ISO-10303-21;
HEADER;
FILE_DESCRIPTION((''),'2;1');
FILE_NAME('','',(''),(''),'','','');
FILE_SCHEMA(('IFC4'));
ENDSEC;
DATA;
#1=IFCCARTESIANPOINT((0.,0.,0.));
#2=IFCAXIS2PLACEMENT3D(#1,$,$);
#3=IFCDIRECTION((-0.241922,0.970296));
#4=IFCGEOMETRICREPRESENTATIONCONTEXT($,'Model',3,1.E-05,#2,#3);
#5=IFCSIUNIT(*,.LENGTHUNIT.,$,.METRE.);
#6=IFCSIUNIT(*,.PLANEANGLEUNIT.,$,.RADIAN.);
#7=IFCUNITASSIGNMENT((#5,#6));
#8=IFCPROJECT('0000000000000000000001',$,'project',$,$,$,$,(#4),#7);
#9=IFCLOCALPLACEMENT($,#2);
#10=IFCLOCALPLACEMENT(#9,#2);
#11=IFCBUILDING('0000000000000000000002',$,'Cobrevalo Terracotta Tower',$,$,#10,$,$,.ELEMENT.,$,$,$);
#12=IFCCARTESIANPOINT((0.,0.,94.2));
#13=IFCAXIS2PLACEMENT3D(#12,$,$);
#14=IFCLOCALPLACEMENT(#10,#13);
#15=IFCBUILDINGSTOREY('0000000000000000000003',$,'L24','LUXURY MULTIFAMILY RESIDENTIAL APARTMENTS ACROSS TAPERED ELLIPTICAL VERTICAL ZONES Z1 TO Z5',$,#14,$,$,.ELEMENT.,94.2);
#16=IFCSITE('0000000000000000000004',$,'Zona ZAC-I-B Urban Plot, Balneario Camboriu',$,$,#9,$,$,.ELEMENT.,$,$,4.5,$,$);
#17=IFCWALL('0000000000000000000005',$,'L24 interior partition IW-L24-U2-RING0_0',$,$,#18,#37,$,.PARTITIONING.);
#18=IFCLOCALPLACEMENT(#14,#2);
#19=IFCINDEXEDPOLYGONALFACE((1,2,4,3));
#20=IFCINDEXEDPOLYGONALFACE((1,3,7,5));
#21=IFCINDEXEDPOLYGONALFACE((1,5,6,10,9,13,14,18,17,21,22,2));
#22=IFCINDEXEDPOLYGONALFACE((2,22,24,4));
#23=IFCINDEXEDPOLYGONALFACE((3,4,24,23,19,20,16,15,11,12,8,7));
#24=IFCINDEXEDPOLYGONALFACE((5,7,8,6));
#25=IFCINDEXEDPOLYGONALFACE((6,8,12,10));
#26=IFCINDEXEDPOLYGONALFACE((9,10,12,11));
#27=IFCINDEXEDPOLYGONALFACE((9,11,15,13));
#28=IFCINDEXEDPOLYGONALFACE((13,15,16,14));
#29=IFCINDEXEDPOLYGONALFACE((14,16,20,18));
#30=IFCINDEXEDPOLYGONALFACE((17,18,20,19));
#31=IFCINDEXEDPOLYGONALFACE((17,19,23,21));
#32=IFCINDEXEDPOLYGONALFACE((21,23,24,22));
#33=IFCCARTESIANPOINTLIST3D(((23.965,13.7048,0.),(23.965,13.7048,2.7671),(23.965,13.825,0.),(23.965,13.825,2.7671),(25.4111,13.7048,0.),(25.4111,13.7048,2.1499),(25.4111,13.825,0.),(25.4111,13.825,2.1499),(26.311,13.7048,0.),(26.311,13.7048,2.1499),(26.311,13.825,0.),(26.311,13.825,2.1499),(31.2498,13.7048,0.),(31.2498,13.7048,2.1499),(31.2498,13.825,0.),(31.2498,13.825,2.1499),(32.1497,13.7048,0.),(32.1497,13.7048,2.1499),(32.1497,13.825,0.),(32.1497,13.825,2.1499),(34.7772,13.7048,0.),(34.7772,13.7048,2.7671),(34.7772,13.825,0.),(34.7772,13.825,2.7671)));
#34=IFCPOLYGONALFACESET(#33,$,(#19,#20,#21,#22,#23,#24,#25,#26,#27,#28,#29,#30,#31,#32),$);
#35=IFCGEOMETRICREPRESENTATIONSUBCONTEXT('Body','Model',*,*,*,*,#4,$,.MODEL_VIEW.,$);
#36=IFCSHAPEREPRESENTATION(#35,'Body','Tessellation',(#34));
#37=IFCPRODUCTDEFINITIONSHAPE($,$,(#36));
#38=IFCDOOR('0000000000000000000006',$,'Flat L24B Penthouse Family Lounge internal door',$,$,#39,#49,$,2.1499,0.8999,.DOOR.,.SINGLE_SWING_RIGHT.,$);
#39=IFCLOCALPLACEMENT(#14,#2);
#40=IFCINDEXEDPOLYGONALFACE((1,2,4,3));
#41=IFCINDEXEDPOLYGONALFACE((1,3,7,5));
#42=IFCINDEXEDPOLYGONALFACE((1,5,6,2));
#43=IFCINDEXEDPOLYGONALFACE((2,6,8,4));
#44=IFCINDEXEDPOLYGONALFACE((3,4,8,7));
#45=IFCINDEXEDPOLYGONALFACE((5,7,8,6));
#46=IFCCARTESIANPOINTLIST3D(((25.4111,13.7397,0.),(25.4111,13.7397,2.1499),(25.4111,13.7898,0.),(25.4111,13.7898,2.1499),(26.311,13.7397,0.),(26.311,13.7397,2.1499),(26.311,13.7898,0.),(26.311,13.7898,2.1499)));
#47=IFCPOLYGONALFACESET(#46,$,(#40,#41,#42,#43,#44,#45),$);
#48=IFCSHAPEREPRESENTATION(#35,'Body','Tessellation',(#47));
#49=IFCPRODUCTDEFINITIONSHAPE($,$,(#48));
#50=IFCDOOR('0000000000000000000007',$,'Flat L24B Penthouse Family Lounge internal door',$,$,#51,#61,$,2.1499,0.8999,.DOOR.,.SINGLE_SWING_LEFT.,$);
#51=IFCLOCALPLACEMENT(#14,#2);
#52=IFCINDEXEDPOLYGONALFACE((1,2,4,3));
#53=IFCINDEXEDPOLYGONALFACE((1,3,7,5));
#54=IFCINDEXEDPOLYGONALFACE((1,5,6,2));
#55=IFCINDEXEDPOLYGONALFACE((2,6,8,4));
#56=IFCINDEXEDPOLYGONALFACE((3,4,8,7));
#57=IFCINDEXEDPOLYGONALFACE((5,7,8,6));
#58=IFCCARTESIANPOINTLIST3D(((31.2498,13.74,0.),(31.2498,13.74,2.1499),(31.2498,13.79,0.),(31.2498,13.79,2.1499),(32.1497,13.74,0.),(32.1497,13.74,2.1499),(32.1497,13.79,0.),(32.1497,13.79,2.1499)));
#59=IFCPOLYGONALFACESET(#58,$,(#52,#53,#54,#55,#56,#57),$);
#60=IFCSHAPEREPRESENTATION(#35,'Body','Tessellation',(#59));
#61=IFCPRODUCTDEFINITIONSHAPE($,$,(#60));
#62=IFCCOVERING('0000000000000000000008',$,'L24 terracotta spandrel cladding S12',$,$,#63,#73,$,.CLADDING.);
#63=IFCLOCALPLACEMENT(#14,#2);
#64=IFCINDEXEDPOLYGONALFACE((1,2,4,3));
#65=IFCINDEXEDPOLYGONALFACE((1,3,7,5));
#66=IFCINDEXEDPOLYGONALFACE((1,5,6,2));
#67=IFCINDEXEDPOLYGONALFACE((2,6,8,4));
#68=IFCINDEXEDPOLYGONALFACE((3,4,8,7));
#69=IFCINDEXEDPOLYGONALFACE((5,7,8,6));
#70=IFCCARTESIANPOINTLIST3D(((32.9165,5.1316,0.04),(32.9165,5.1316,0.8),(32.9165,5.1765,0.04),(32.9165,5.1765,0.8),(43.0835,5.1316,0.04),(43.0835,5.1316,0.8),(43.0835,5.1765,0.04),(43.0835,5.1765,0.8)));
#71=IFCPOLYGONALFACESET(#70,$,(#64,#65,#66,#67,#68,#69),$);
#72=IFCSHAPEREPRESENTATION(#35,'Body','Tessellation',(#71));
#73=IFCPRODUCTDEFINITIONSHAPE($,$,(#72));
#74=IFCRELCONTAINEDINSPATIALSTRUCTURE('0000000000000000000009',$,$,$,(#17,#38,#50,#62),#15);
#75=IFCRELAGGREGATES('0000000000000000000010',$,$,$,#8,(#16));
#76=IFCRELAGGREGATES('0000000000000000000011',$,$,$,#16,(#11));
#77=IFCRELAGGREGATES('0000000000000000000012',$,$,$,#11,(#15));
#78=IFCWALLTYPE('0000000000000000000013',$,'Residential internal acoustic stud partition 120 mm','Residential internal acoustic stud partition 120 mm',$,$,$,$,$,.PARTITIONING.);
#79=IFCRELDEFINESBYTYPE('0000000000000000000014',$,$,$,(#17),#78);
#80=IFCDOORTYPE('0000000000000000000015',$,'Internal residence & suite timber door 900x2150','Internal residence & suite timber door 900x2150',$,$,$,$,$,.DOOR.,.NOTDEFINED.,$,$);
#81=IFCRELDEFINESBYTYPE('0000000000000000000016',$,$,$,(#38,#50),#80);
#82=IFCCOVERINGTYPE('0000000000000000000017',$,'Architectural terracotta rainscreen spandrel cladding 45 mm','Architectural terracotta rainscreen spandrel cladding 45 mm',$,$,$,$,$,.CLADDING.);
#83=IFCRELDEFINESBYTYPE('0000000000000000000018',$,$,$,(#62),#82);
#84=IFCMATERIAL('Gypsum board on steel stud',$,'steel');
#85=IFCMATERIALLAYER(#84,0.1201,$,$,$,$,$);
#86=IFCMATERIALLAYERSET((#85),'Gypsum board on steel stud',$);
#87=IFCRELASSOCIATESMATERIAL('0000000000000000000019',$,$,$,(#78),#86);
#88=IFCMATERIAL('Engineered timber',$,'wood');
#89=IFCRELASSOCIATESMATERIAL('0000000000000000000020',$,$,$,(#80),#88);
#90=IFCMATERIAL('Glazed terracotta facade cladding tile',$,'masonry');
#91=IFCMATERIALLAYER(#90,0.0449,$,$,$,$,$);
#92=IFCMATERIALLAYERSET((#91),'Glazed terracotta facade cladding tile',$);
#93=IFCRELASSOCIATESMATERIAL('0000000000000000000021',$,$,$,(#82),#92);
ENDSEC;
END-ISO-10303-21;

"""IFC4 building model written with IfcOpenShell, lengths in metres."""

from ifc_helpers import new_model, si_unit, direction, frame, frame_2d, origin, origin_2d, place, context, subcontext, project, spatial, rectangle, extrude, source, transform, mapped, material, layer, layer_set, type_object, element, fill, save


model = new_model("IFC4")

# Units and contexts
model_context = context("Model", 3, precision=1e-05, world=origin(), true_north=direction((-0.241922, 0.970296)))
body_context = subcontext(model_context, "Body", "Model", "MODEL_VIEW")
ifc_project = project(units=[si_unit("LENGTHUNIT", "METRE"), si_unit("PLANEANGLEUNIT", "RADIAN")], contexts=[model_context])

# Site, building, storey
site_placement = place(None, origin())
site = spatial("IfcSite", under=ifc_project, at=site_placement, Name="Zona ZAC-I-B Urban Plot, Balneario Camboriu", CompositionType="ELEMENT", RefElevation=4.5)
building_placement = place(site_placement, origin())
building = spatial("IfcBuilding", under=site, at=building_placement, Name="Cobrevalo Terracotta Tower", CompositionType="ELEMENT")
storey_placement = place(building_placement, frame((0.0, 0.0, 94.2)))
storey = spatial("IfcBuildingStorey", under=building, at=storey_placement, Name="L24", Description="LUXURY MULTIFAMILY RESIDENTIAL APARTMENTS ACROSS TAPERED ELLIPTICAL VERTICAL ZONES Z1 TO Z5", CompositionType="ELEMENT", Elevation=94.2)

# Wall, openings, doors
ifc_material_1 = material(Name="Gypsum board on steel stud", Category="steel")
ifc_layer_1 = layer(ifc_material_1, 0.1201)
ifc_layer_set_1 = layer_set([ifc_layer_1], Name="Gypsum board on steel stud")
wall_type_1 = type_object("IfcWallType", Name="Residential internal acoustic stud partition 120 mm", Description="Residential internal acoustic stud partition 120 mm", PredefinedType="PARTITIONING", material=ifc_layer_set_1)
wall_1_placement = place(storey_placement, frame((34.7773, 13.7649, 0.0), z_axis=(0.0, 0.0, 1.0), x_axis=(-1.0, 0.0, 0.0)))
wall_1 = element("IfcWall", 1, at=wall_1_placement, inside=storey, type_object=wall_type_1, Name="L24 interior partition IW-L24-U2-RING0_0", PredefinedType="PARTITIONING", context=body_context, shape_type="SweptSolid", body=[
    extrude(rectangle(XDim=10.8123, YDim=0.1201, at=frame_2d((5.4062, 0.0))), origin(), (0.0, 0.0, 1.0), 2.7671),
])
opening_1_placement = place(wall_1_placement, frame((8.4663, 0.0, 0.0)))
opening_1 = element("IfcOpeningElement", 2, at=opening_1_placement, cuts=wall_1, PredefinedType="OPENING", context=body_context, shape_type="SweptSolid", body=[
    extrude(rectangle(XDim=0.8999, YDim=2.1499, at=frame_2d((0.45, 1.075))), frame((0.0, 0.0701, 0.0), z_axis=(0.0, -1.0, 0.0), x_axis=(1.0, 0.0, 0.0)), (0.0, 0.0, 1.0), 0.1401),
])
opening_2_placement = place(wall_1_placement, frame((2.6277, 0.0, 0.0)))
opening_2 = element("IfcOpeningElement", 3, at=opening_2_placement, cuts=wall_1, PredefinedType="OPENING", context=body_context, shape_type="SweptSolid", body=[
    extrude(rectangle(XDim=0.8999, YDim=2.1499, at=frame_2d((0.45, 1.075))), frame((0.0, 0.0701, 0.0), z_axis=(0.0, -1.0, 0.0), x_axis=(1.0, 0.0, 0.0)), (0.0, 0.0, 1.0), 0.1401),
])
ifc_material_2 = material(Name="Engineered timber", Category="wood")
door_type_1 = type_object("IfcDoorType", Name="Internal residence & suite timber door 900x2150", Description="Internal residence & suite timber door 900x2150", OperationType="NOTDEFINED", PredefinedType="DOOR", material=ifc_material_2)
shared_shape_1 = source(origin(), body_context, "Body", "SweptSolid", [
    extrude(rectangle(XDim=0.8999, YDim=2.1499, at=frame_2d((0.45, 1.075))), frame((0.0, 0.0249, 0.0), z_axis=(0.0, -1.0, 0.0), x_axis=(1.0, 0.0, 0.0)), (0.0, 0.0, 1.0), 0.05),
])
door_1_placement = place(opening_1_placement, frame((0.8999, 0.0, 0.0), z_axis=(0.0, 0.0, 1.0), x_axis=(-1.0, 0.0, 0.0)))
door_1 = element("IfcDoor", 4, at=door_1_placement, inside=storey, type_object=door_type_1, Name="Flat L24B Penthouse Family Lounge internal door", OperationType="SINGLE_SWING_RIGHT", OverallHeight=2.1499, OverallWidth=0.8999, PredefinedType="DOOR", context=body_context, shape_type="MappedRepresentation", body=[
    mapped(shared_shape_1, transform((0.0, 0.0, 0.0), scale=1.0)),
])
fill(opening_1, door_1)
door_2_placement = place(opening_2_placement, origin())
door_2 = element("IfcDoor", 5, at=door_2_placement, inside=storey, type_object=door_type_1, Name="Flat L24B Penthouse Family Lounge internal door", OperationType="SINGLE_SWING_LEFT", OverallHeight=2.1499, OverallWidth=0.8999, PredefinedType="DOOR", context=body_context, shape_type="MappedRepresentation", body=[
    mapped(shared_shape_1, transform((0.0, 0.0, 0.0), scale=1.0)),
])
fill(opening_2, door_2)

# Covering
ifc_material_3 = material(Name="Glazed terracotta facade cladding tile", Category="masonry")
ifc_layer_2 = layer(ifc_material_3, 0.0449)
ifc_layer_set_2 = layer_set([ifc_layer_2], Name="Glazed terracotta facade cladding tile")
covering_type = type_object("IfcCoveringType", Name="Architectural terracotta rainscreen spandrel cladding 45 mm", Description="Architectural terracotta rainscreen spandrel cladding 45 mm", PredefinedType="CLADDING", material=ifc_layer_set_2)
shared_shape_2 = source(origin(), body_context, "Body", "SweptSolid", [
    extrude(rectangle(XDim=10.167, YDim=0.0449, at=origin_2d()), origin(), (0.0, 0.0, 1.0), 0.76),
])
covering_placement = place(storey_placement, frame((38.0, 5.1541, 0.04), z_axis=(0.0, 0.0, 1.0), x_axis=(1.0, 0.0, 0.0)))
element("IfcCovering", 6, at=covering_placement, inside=storey, type_object=covering_type, Name="L24 terracotta spandrel cladding S12", PredefinedType="CLADDING", context=body_context, shape_type="MappedRepresentation", body=[
    mapped(shared_shape_2, transform((0.0, 0.0, 0.0), scale=1.0)),
])

save(model, "model.ifc")
